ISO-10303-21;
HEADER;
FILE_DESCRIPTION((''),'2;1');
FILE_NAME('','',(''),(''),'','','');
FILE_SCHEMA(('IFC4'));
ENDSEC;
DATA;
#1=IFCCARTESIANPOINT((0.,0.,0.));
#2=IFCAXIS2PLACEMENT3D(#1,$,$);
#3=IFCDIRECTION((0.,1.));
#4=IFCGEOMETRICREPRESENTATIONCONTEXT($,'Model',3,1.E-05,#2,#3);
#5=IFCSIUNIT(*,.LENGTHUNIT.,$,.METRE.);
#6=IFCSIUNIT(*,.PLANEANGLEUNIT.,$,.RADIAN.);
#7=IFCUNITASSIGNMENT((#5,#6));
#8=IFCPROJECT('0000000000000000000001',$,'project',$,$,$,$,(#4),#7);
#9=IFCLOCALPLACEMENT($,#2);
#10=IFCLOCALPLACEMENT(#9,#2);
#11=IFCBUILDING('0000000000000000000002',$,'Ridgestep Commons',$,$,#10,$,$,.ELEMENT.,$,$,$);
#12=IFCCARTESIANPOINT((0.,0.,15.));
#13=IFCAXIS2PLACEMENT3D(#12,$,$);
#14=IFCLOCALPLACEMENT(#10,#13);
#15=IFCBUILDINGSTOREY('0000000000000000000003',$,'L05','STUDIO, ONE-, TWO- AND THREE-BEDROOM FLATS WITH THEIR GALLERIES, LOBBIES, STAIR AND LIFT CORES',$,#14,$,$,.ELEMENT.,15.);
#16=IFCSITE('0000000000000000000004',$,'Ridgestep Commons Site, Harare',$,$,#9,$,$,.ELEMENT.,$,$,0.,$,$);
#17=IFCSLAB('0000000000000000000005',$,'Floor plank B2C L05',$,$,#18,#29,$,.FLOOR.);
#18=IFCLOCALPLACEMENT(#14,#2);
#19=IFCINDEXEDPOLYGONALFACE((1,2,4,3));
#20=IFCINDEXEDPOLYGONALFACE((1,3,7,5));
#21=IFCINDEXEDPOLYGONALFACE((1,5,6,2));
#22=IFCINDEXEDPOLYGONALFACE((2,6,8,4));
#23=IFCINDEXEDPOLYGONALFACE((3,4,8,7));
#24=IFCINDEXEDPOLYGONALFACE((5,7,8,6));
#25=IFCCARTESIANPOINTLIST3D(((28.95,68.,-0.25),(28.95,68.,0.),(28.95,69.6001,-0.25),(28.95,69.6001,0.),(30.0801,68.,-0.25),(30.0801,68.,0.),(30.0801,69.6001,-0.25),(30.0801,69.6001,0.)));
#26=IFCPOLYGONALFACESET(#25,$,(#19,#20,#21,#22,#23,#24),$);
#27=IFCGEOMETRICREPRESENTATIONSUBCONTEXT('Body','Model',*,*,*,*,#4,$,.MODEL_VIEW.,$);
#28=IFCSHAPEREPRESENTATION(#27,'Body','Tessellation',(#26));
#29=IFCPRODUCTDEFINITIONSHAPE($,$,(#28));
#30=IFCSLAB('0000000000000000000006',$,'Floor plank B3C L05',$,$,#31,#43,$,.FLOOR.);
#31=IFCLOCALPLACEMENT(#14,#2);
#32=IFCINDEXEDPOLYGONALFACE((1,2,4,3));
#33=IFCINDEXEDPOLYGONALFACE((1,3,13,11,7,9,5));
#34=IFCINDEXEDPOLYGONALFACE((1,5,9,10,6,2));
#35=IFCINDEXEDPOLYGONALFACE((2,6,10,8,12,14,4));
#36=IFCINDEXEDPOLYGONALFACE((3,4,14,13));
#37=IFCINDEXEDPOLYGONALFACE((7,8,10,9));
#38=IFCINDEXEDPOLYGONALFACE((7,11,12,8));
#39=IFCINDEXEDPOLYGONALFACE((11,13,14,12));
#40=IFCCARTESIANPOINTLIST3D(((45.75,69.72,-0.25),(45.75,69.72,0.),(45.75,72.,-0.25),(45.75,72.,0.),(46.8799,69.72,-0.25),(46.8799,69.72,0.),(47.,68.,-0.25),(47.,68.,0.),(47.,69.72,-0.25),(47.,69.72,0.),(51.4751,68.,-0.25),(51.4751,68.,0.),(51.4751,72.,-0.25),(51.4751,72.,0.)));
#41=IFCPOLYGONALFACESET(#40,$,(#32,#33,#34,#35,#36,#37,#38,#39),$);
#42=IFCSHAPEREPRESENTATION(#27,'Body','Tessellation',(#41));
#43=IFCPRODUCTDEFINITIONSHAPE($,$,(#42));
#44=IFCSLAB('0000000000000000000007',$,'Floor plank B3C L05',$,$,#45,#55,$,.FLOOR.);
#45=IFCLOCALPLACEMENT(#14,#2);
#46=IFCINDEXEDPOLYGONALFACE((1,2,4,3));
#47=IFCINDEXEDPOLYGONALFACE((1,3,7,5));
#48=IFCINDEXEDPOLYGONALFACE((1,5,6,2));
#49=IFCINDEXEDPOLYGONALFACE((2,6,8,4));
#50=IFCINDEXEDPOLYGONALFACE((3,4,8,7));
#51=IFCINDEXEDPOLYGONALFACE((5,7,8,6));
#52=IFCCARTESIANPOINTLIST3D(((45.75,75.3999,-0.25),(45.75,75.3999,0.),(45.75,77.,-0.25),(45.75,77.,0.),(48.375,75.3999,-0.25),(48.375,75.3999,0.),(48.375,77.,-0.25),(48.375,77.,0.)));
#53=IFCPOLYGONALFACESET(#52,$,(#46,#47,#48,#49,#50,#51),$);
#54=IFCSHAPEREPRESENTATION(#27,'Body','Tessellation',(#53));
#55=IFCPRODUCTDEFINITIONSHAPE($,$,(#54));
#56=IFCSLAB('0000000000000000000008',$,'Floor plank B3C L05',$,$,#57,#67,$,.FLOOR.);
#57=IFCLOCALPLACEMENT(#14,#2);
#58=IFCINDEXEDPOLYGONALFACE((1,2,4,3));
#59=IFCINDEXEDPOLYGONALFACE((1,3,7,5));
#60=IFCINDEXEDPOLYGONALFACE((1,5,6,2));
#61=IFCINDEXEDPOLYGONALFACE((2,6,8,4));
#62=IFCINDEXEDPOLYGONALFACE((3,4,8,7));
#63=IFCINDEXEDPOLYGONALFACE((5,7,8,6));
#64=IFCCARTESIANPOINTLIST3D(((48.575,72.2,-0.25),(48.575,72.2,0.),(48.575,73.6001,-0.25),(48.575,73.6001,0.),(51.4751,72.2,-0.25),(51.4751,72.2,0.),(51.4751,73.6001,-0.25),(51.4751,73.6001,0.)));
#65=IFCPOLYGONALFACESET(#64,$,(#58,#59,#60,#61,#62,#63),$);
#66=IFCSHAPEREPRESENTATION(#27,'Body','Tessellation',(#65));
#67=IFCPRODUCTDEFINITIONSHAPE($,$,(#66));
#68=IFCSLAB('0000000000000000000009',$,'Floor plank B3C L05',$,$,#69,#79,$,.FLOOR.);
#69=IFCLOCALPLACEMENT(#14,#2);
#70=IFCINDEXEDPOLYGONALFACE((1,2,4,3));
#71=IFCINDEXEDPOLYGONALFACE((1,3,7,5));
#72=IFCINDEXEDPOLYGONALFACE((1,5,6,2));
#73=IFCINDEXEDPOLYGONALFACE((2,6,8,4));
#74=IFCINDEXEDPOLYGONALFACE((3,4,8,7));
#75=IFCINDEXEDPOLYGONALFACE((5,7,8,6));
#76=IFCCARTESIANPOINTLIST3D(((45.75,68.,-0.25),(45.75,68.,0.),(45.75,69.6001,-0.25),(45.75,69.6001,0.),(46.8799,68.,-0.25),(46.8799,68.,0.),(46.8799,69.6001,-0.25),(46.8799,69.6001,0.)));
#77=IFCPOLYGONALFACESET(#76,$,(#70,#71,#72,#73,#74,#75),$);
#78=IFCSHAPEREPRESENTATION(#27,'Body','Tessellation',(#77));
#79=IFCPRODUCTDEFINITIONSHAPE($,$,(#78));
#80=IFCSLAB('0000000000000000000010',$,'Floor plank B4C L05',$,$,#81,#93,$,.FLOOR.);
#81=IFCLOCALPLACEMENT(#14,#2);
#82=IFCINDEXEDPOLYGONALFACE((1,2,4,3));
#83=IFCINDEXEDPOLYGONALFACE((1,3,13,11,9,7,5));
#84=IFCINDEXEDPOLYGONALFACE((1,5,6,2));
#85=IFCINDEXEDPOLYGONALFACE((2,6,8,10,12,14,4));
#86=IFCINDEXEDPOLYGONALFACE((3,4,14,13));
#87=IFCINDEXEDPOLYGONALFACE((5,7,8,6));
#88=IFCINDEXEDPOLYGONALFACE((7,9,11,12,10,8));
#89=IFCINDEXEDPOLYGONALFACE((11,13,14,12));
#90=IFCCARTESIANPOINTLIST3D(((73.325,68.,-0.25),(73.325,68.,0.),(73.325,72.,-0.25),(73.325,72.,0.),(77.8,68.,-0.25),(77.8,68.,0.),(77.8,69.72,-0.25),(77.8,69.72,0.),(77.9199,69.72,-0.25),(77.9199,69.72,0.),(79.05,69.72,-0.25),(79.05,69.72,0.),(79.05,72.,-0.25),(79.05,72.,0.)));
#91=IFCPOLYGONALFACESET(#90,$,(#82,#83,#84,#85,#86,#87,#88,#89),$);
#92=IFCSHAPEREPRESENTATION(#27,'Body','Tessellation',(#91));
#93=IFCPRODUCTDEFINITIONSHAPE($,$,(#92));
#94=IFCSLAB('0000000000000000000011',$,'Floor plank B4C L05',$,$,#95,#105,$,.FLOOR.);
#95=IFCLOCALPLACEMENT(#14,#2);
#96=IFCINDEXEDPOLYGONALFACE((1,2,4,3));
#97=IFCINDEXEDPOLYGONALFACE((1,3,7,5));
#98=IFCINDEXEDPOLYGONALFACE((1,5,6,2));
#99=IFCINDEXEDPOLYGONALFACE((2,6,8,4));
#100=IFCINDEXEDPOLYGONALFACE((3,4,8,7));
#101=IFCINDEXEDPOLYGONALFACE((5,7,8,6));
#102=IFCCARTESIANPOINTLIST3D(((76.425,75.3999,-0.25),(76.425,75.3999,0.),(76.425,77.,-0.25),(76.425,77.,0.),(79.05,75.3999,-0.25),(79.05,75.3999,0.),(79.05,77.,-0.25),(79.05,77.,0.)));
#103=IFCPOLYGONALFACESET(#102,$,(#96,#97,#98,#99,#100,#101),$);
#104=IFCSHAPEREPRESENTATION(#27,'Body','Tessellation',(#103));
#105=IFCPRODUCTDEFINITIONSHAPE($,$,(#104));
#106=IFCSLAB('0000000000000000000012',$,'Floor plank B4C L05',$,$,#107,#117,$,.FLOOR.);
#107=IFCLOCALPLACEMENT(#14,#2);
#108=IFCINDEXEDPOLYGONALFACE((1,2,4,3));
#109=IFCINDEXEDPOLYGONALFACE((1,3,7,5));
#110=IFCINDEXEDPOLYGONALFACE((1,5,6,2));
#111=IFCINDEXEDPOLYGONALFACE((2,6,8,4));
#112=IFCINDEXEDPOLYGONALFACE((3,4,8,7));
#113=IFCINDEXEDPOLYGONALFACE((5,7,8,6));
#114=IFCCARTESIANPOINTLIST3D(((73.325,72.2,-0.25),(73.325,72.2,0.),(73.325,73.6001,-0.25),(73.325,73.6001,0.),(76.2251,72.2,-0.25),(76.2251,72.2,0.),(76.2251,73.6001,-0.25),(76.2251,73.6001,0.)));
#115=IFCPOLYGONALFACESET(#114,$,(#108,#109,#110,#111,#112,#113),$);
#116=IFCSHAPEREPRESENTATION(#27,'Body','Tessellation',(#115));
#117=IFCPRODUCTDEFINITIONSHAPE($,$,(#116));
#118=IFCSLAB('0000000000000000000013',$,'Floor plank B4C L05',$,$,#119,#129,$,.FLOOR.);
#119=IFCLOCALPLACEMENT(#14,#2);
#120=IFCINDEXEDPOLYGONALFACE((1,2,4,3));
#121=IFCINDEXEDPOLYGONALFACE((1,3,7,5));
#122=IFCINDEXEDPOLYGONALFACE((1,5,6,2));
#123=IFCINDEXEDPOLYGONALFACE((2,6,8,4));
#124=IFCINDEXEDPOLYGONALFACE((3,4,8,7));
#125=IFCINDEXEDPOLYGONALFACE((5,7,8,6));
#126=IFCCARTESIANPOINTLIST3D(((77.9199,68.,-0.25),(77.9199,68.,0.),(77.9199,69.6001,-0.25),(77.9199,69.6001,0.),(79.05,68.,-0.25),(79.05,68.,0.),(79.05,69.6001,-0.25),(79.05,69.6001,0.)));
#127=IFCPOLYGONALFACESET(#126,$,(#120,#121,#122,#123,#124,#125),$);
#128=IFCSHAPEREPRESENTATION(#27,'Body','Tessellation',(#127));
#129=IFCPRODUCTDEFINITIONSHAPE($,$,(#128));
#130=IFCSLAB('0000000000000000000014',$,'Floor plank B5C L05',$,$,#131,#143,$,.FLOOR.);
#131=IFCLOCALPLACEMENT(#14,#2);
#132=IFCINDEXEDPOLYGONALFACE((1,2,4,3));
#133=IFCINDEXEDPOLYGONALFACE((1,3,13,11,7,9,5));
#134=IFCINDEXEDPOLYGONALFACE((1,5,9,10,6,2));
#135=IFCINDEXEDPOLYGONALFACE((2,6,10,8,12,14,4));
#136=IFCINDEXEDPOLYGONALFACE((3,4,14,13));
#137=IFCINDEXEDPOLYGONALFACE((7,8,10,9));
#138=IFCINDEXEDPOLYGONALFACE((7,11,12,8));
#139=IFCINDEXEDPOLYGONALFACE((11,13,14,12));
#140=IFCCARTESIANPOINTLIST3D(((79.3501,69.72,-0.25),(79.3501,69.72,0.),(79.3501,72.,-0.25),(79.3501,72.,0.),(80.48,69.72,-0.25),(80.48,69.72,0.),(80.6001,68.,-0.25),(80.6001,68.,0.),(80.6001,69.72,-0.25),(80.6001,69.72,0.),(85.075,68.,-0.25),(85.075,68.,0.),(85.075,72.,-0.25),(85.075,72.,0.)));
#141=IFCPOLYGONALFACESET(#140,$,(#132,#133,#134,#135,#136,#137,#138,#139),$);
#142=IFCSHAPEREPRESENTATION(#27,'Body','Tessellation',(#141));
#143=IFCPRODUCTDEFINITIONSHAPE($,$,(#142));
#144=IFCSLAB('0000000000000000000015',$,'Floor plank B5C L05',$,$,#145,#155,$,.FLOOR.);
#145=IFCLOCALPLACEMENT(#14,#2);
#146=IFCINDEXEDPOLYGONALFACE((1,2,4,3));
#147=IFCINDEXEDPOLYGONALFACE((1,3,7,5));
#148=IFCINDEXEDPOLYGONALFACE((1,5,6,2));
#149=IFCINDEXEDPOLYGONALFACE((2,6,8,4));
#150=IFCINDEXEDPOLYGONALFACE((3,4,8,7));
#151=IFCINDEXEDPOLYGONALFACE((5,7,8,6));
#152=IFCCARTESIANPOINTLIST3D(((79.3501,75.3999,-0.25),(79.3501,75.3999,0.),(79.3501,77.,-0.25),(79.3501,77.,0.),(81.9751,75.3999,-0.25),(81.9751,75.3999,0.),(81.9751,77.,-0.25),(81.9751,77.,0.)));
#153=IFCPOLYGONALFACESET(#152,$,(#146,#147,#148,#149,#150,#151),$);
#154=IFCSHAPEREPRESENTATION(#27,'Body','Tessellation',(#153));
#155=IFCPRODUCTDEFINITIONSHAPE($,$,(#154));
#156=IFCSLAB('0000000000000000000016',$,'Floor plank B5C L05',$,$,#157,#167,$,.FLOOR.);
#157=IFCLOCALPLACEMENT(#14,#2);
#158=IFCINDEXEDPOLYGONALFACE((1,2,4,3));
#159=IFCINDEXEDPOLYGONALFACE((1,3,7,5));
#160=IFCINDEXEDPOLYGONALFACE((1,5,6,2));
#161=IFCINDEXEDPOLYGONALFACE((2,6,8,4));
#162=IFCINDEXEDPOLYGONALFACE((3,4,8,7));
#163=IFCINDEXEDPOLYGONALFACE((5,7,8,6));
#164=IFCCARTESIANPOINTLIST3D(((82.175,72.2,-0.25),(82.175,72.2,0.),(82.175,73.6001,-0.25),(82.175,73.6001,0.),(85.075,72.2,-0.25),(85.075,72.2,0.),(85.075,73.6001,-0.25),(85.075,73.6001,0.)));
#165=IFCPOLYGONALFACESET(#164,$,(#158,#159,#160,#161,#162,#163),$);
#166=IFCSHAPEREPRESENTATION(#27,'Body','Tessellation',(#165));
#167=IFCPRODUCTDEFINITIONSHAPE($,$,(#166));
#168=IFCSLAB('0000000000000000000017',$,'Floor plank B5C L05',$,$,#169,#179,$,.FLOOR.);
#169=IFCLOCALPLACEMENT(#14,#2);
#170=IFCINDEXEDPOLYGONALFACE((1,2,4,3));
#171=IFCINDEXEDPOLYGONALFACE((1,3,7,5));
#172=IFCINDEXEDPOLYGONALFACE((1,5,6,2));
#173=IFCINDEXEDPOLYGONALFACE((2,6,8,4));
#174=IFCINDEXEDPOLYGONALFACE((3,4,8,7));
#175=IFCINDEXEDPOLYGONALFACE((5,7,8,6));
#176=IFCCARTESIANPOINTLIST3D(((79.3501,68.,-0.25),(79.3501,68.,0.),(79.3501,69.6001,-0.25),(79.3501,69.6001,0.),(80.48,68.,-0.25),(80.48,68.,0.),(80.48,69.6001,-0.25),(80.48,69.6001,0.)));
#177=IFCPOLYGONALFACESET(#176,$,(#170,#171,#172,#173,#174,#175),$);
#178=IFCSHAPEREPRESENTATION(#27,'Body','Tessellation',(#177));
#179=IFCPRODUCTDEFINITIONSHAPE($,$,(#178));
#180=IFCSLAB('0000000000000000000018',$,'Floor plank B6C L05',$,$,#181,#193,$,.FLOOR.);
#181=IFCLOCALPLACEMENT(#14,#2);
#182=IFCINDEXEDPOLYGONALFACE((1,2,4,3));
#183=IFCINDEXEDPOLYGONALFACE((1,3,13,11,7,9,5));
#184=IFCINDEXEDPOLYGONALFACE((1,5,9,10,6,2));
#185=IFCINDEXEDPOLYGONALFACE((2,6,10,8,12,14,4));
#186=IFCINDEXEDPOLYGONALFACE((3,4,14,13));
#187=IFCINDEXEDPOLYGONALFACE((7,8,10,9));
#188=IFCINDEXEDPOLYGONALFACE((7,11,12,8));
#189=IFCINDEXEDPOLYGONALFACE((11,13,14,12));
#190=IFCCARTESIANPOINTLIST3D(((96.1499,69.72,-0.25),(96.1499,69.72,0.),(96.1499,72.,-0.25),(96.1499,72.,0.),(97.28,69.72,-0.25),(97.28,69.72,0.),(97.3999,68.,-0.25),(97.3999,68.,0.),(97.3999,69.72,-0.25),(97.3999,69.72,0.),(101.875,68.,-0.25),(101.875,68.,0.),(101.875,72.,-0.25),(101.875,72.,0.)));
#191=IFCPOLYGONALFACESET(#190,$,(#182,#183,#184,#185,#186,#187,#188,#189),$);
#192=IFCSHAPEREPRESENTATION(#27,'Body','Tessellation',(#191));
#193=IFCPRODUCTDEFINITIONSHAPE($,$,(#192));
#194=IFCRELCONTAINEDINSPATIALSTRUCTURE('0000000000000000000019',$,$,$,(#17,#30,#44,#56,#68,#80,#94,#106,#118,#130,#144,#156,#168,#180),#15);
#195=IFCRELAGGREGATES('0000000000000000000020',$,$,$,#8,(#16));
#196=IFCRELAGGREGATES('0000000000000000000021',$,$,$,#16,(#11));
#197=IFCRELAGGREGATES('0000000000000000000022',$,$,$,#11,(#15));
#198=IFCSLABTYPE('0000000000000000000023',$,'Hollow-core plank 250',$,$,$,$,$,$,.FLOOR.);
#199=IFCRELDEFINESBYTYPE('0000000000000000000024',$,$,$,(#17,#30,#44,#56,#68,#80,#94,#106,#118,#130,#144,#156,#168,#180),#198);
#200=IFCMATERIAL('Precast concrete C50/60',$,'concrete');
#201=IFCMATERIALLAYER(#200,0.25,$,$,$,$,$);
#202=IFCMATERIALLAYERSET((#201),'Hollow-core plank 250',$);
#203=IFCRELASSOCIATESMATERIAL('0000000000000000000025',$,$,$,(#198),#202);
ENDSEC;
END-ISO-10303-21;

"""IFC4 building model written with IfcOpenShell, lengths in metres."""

from ifc_helpers import new_model, si_unit, direction, frame, origin, place, context, subcontext, project, spatial, polyline, outline, extrude, material, layer, layer_set, type_object, element, save


model = new_model("IFC4")

# Units and contexts
model_context = context("Model", 3, precision=1e-05, world=origin(), true_north=direction((0.0, 1.0)))
body_context = subcontext(model_context, "Body", "Model", "MODEL_VIEW")
ifc_project = project(units=[si_unit("LENGTHUNIT", "METRE"), si_unit("PLANEANGLEUNIT", "RADIAN")], contexts=[model_context])

# Site, building, storey
site_placement = place(None, origin())
site = spatial("IfcSite", under=ifc_project, at=site_placement, Name="Ridgestep Commons Site, Harare", CompositionType="ELEMENT", RefElevation=0.0)
building_placement = place(site_placement, origin())
building = spatial("IfcBuilding", under=site, at=building_placement, Name="Ridgestep Commons", CompositionType="ELEMENT")
storey_placement = place(building_placement, frame((0.0, 0.0, 15.0)))
storey = spatial("IfcBuildingStorey", under=building, at=storey_placement, Name="L05", Description="STUDIO, ONE-, TWO- AND THREE-BEDROOM FLATS WITH THEIR GALLERIES, LOBBIES, STAIR AND LIFT CORES", CompositionType="ELEMENT", Elevation=15.0)

# Slabs
ifc_material = material(Name="Precast concrete C50/60", Category="concrete")
ifc_layer = layer(ifc_material, 0.25)
ifc_layer_set = layer_set([ifc_layer], Name="Hollow-core plank 250")
slab_type = type_object("IfcSlabType", Name="Hollow-core plank 250", PredefinedType="FLOOR", material=ifc_layer_set)
slab_1_placement = place(storey_placement, frame((0.0, 0.0, -0.25)))
element("IfcSlab", 1, at=slab_1_placement, inside=storey, type_object=slab_type, Name="Floor plank B2C L05", PredefinedType="FLOOR", context=body_context, shape_type="SweptSolid", body=[
    extrude(outline(polyline([(30.0801, 69.6001), (28.95, 69.6001), (28.95, 68.0), (30.0801, 68.0), (30.0801, 69.6001)])), origin(), (0.0, 0.0, 1.0), 0.25),
])
slab_2_placement = place(storey_placement, frame((0.0, 0.0, -0.25)))
element("IfcSlab", 2, at=slab_2_placement, inside=storey, type_object=slab_type, Name="Floor plank B3C L05", PredefinedType="FLOOR", context=body_context, shape_type="SweptSolid", body=[
    extrude(outline(polyline([(47.0, 68.0), (51.4751, 68.0), (51.4751, 72.0), (45.75, 72.0), (45.75, 69.72), (46.8799, 69.72), (47.0, 69.72), (47.0, 68.0)])), origin(), (0.0, 0.0, 1.0), 0.25),
])
slab_3_placement = place(storey_placement, frame((0.0, 0.0, -0.25)))
element("IfcSlab", 3, at=slab_3_placement, inside=storey, type_object=slab_type, Name="Floor plank B3C L05", PredefinedType="FLOOR", context=body_context, shape_type="SweptSolid", body=[
    extrude(outline(polyline([(48.375, 77.0), (45.75, 77.0), (45.75, 75.3999), (48.375, 75.3999), (48.375, 77.0)])), origin(), (0.0, 0.0, 1.0), 0.25),
])
slab_4_placement = place(storey_placement, frame((0.0, 0.0, -0.25)))
element("IfcSlab", 4, at=slab_4_placement, inside=storey, type_object=slab_type, Name="Floor plank B3C L05", PredefinedType="FLOOR", context=body_context, shape_type="SweptSolid", body=[
    extrude(outline(polyline([(51.4751, 72.2), (51.4751, 73.6001), (48.575, 73.6001), (48.575, 72.2), (51.4751, 72.2)])), origin(), (0.0, 0.0, 1.0), 0.25),
])
slab_5_placement = place(storey_placement, frame((0.0, 0.0, -0.25)))
element("IfcSlab", 5, at=slab_5_placement, inside=storey, type_object=slab_type, Name="Floor plank B3C L05", PredefinedType="FLOOR", context=body_context, shape_type="SweptSolid", body=[
    extrude(outline(polyline([(46.8799, 69.6001), (45.75, 69.6001), (45.75, 68.0), (46.8799, 68.0), (46.8799, 69.6001)])), origin(), (0.0, 0.0, 1.0), 0.25),
])
slab_6_placement = place(storey_placement, frame((0.0, 0.0, -0.25)))
element("IfcSlab", 6, at=slab_6_placement, inside=storey, type_object=slab_type, Name="Floor plank B4C L05", PredefinedType="FLOOR", context=body_context, shape_type="SweptSolid", body=[
    extrude(outline(polyline([(77.9199, 69.72), (79.05, 69.72), (79.05, 72.0), (73.325, 72.0), (73.325, 68.0), (77.8, 68.0), (77.8, 69.72), (77.9199, 69.72)])), origin(), (0.0, 0.0, 1.0), 0.25),
])
slab_7_placement = place(storey_placement, frame((0.0, 0.0, -0.25)))
element("IfcSlab", 7, at=slab_7_placement, inside=storey, type_object=slab_type, Name="Floor plank B4C L05", PredefinedType="FLOOR", context=body_context, shape_type="SweptSolid", body=[
    extrude(outline(polyline([(79.05, 75.3999), (79.05, 77.0), (76.425, 77.0), (76.425, 75.3999), (79.05, 75.3999)])), origin(), (0.0, 0.0, 1.0), 0.25),
])
slab_8_placement = place(storey_placement, frame((0.0, 0.0, -0.25)))
element("IfcSlab", 8, at=slab_8_placement, inside=storey, type_object=slab_type, Name="Floor plank B4C L05", PredefinedType="FLOOR", context=body_context, shape_type="SweptSolid", body=[
    extrude(outline(polyline([(76.2251, 72.2), (76.2251, 73.6001), (73.325, 73.6001), (73.325, 72.2), (76.2251, 72.2)])), origin(), (0.0, 0.0, 1.0), 0.25),
])
slab_9_placement = place(storey_placement, frame((0.0, 0.0, -0.25)))
element("IfcSlab", 9, at=slab_9_placement, inside=storey, type_object=slab_type, Name="Floor plank B4C L05", PredefinedType="FLOOR", context=body_context, shape_type="SweptSolid", body=[
    extrude(outline(polyline([(77.9199, 68.0), (79.05, 68.0), (79.05, 69.6001), (77.9199, 69.6001), (77.9199, 68.0)])), origin(), (0.0, 0.0, 1.0), 0.25),
])
slab_10_placement = place(storey_placement, frame((0.0, 0.0, -0.25)))
element("IfcSlab", 10, at=slab_10_placement, inside=storey, type_object=slab_type, Name="Floor plank B5C L05", PredefinedType="FLOOR", context=body_context, shape_type="SweptSolid", body=[
    extrude(outline(polyline([(80.6001, 68.0), (85.075, 68.0), (85.075, 72.0), (79.3501, 72.0), (79.3501, 69.72), (80.48, 69.72), (80.6001, 69.72), (80.6001, 68.0)])), origin(), (0.0, 0.0, 1.0), 0.25),
])
slab_11_placement = place(storey_placement, frame((0.0, 0.0, -0.25)))
element("IfcSlab", 11, at=slab_11_placement, inside=storey, type_object=slab_type, Name="Floor plank B5C L05", PredefinedType="FLOOR", context=body_context, shape_type="SweptSolid", body=[
    extrude(outline(polyline([(81.9751, 77.0), (79.3501, 77.0), (79.3501, 75.3999), (81.9751, 75.3999), (81.9751, 77.0)])), origin(), (0.0, 0.0, 1.0), 0.25),
])
slab_12_placement = place(storey_placement, frame((0.0, 0.0, -0.25)))
element("IfcSlab", 12, at=slab_12_placement, inside=storey, type_object=slab_type, Name="Floor plank B5C L05", PredefinedType="FLOOR", context=body_context, shape_type="SweptSolid", body=[
    extrude(outline(polyline([(85.075, 72.2), (85.075, 73.6001), (82.175, 73.6001), (82.175, 72.2), (85.075, 72.2)])), origin(), (0.0, 0.0, 1.0), 0.25),
])
slab_13_placement = place(storey_placement, frame((0.0, 0.0, -0.25)))
element("IfcSlab", 13, at=slab_13_placement, inside=storey, type_object=slab_type, Name="Floor plank B5C L05", PredefinedType="FLOOR", context=body_context, shape_type="SweptSolid", body=[
    extrude(outline(polyline([(80.48, 69.6001), (79.3501, 69.6001), (79.3501, 68.0), (80.48, 68.0), (80.48, 69.6001)])), origin(), (0.0, 0.0, 1.0), 0.25),
])
slab_14_placement = place(storey_placement, frame((0.0, 0.0, -0.25)))
element("IfcSlab", 14, at=slab_14_placement, inside=storey, type_object=slab_type, Name="Floor plank B6C L05", PredefinedType="FLOOR", context=body_context, shape_type="SweptSolid", body=[
    extrude(outline(polyline([(97.3999, 68.0), (101.875, 68.0), (101.875, 72.0), (96.1499, 72.0), (96.1499, 69.72), (97.28, 69.72), (97.3999, 69.72), (97.3999, 68.0)])), origin(), (0.0, 0.0, 1.0), 0.25),
])

save(model, "model.ifc")
